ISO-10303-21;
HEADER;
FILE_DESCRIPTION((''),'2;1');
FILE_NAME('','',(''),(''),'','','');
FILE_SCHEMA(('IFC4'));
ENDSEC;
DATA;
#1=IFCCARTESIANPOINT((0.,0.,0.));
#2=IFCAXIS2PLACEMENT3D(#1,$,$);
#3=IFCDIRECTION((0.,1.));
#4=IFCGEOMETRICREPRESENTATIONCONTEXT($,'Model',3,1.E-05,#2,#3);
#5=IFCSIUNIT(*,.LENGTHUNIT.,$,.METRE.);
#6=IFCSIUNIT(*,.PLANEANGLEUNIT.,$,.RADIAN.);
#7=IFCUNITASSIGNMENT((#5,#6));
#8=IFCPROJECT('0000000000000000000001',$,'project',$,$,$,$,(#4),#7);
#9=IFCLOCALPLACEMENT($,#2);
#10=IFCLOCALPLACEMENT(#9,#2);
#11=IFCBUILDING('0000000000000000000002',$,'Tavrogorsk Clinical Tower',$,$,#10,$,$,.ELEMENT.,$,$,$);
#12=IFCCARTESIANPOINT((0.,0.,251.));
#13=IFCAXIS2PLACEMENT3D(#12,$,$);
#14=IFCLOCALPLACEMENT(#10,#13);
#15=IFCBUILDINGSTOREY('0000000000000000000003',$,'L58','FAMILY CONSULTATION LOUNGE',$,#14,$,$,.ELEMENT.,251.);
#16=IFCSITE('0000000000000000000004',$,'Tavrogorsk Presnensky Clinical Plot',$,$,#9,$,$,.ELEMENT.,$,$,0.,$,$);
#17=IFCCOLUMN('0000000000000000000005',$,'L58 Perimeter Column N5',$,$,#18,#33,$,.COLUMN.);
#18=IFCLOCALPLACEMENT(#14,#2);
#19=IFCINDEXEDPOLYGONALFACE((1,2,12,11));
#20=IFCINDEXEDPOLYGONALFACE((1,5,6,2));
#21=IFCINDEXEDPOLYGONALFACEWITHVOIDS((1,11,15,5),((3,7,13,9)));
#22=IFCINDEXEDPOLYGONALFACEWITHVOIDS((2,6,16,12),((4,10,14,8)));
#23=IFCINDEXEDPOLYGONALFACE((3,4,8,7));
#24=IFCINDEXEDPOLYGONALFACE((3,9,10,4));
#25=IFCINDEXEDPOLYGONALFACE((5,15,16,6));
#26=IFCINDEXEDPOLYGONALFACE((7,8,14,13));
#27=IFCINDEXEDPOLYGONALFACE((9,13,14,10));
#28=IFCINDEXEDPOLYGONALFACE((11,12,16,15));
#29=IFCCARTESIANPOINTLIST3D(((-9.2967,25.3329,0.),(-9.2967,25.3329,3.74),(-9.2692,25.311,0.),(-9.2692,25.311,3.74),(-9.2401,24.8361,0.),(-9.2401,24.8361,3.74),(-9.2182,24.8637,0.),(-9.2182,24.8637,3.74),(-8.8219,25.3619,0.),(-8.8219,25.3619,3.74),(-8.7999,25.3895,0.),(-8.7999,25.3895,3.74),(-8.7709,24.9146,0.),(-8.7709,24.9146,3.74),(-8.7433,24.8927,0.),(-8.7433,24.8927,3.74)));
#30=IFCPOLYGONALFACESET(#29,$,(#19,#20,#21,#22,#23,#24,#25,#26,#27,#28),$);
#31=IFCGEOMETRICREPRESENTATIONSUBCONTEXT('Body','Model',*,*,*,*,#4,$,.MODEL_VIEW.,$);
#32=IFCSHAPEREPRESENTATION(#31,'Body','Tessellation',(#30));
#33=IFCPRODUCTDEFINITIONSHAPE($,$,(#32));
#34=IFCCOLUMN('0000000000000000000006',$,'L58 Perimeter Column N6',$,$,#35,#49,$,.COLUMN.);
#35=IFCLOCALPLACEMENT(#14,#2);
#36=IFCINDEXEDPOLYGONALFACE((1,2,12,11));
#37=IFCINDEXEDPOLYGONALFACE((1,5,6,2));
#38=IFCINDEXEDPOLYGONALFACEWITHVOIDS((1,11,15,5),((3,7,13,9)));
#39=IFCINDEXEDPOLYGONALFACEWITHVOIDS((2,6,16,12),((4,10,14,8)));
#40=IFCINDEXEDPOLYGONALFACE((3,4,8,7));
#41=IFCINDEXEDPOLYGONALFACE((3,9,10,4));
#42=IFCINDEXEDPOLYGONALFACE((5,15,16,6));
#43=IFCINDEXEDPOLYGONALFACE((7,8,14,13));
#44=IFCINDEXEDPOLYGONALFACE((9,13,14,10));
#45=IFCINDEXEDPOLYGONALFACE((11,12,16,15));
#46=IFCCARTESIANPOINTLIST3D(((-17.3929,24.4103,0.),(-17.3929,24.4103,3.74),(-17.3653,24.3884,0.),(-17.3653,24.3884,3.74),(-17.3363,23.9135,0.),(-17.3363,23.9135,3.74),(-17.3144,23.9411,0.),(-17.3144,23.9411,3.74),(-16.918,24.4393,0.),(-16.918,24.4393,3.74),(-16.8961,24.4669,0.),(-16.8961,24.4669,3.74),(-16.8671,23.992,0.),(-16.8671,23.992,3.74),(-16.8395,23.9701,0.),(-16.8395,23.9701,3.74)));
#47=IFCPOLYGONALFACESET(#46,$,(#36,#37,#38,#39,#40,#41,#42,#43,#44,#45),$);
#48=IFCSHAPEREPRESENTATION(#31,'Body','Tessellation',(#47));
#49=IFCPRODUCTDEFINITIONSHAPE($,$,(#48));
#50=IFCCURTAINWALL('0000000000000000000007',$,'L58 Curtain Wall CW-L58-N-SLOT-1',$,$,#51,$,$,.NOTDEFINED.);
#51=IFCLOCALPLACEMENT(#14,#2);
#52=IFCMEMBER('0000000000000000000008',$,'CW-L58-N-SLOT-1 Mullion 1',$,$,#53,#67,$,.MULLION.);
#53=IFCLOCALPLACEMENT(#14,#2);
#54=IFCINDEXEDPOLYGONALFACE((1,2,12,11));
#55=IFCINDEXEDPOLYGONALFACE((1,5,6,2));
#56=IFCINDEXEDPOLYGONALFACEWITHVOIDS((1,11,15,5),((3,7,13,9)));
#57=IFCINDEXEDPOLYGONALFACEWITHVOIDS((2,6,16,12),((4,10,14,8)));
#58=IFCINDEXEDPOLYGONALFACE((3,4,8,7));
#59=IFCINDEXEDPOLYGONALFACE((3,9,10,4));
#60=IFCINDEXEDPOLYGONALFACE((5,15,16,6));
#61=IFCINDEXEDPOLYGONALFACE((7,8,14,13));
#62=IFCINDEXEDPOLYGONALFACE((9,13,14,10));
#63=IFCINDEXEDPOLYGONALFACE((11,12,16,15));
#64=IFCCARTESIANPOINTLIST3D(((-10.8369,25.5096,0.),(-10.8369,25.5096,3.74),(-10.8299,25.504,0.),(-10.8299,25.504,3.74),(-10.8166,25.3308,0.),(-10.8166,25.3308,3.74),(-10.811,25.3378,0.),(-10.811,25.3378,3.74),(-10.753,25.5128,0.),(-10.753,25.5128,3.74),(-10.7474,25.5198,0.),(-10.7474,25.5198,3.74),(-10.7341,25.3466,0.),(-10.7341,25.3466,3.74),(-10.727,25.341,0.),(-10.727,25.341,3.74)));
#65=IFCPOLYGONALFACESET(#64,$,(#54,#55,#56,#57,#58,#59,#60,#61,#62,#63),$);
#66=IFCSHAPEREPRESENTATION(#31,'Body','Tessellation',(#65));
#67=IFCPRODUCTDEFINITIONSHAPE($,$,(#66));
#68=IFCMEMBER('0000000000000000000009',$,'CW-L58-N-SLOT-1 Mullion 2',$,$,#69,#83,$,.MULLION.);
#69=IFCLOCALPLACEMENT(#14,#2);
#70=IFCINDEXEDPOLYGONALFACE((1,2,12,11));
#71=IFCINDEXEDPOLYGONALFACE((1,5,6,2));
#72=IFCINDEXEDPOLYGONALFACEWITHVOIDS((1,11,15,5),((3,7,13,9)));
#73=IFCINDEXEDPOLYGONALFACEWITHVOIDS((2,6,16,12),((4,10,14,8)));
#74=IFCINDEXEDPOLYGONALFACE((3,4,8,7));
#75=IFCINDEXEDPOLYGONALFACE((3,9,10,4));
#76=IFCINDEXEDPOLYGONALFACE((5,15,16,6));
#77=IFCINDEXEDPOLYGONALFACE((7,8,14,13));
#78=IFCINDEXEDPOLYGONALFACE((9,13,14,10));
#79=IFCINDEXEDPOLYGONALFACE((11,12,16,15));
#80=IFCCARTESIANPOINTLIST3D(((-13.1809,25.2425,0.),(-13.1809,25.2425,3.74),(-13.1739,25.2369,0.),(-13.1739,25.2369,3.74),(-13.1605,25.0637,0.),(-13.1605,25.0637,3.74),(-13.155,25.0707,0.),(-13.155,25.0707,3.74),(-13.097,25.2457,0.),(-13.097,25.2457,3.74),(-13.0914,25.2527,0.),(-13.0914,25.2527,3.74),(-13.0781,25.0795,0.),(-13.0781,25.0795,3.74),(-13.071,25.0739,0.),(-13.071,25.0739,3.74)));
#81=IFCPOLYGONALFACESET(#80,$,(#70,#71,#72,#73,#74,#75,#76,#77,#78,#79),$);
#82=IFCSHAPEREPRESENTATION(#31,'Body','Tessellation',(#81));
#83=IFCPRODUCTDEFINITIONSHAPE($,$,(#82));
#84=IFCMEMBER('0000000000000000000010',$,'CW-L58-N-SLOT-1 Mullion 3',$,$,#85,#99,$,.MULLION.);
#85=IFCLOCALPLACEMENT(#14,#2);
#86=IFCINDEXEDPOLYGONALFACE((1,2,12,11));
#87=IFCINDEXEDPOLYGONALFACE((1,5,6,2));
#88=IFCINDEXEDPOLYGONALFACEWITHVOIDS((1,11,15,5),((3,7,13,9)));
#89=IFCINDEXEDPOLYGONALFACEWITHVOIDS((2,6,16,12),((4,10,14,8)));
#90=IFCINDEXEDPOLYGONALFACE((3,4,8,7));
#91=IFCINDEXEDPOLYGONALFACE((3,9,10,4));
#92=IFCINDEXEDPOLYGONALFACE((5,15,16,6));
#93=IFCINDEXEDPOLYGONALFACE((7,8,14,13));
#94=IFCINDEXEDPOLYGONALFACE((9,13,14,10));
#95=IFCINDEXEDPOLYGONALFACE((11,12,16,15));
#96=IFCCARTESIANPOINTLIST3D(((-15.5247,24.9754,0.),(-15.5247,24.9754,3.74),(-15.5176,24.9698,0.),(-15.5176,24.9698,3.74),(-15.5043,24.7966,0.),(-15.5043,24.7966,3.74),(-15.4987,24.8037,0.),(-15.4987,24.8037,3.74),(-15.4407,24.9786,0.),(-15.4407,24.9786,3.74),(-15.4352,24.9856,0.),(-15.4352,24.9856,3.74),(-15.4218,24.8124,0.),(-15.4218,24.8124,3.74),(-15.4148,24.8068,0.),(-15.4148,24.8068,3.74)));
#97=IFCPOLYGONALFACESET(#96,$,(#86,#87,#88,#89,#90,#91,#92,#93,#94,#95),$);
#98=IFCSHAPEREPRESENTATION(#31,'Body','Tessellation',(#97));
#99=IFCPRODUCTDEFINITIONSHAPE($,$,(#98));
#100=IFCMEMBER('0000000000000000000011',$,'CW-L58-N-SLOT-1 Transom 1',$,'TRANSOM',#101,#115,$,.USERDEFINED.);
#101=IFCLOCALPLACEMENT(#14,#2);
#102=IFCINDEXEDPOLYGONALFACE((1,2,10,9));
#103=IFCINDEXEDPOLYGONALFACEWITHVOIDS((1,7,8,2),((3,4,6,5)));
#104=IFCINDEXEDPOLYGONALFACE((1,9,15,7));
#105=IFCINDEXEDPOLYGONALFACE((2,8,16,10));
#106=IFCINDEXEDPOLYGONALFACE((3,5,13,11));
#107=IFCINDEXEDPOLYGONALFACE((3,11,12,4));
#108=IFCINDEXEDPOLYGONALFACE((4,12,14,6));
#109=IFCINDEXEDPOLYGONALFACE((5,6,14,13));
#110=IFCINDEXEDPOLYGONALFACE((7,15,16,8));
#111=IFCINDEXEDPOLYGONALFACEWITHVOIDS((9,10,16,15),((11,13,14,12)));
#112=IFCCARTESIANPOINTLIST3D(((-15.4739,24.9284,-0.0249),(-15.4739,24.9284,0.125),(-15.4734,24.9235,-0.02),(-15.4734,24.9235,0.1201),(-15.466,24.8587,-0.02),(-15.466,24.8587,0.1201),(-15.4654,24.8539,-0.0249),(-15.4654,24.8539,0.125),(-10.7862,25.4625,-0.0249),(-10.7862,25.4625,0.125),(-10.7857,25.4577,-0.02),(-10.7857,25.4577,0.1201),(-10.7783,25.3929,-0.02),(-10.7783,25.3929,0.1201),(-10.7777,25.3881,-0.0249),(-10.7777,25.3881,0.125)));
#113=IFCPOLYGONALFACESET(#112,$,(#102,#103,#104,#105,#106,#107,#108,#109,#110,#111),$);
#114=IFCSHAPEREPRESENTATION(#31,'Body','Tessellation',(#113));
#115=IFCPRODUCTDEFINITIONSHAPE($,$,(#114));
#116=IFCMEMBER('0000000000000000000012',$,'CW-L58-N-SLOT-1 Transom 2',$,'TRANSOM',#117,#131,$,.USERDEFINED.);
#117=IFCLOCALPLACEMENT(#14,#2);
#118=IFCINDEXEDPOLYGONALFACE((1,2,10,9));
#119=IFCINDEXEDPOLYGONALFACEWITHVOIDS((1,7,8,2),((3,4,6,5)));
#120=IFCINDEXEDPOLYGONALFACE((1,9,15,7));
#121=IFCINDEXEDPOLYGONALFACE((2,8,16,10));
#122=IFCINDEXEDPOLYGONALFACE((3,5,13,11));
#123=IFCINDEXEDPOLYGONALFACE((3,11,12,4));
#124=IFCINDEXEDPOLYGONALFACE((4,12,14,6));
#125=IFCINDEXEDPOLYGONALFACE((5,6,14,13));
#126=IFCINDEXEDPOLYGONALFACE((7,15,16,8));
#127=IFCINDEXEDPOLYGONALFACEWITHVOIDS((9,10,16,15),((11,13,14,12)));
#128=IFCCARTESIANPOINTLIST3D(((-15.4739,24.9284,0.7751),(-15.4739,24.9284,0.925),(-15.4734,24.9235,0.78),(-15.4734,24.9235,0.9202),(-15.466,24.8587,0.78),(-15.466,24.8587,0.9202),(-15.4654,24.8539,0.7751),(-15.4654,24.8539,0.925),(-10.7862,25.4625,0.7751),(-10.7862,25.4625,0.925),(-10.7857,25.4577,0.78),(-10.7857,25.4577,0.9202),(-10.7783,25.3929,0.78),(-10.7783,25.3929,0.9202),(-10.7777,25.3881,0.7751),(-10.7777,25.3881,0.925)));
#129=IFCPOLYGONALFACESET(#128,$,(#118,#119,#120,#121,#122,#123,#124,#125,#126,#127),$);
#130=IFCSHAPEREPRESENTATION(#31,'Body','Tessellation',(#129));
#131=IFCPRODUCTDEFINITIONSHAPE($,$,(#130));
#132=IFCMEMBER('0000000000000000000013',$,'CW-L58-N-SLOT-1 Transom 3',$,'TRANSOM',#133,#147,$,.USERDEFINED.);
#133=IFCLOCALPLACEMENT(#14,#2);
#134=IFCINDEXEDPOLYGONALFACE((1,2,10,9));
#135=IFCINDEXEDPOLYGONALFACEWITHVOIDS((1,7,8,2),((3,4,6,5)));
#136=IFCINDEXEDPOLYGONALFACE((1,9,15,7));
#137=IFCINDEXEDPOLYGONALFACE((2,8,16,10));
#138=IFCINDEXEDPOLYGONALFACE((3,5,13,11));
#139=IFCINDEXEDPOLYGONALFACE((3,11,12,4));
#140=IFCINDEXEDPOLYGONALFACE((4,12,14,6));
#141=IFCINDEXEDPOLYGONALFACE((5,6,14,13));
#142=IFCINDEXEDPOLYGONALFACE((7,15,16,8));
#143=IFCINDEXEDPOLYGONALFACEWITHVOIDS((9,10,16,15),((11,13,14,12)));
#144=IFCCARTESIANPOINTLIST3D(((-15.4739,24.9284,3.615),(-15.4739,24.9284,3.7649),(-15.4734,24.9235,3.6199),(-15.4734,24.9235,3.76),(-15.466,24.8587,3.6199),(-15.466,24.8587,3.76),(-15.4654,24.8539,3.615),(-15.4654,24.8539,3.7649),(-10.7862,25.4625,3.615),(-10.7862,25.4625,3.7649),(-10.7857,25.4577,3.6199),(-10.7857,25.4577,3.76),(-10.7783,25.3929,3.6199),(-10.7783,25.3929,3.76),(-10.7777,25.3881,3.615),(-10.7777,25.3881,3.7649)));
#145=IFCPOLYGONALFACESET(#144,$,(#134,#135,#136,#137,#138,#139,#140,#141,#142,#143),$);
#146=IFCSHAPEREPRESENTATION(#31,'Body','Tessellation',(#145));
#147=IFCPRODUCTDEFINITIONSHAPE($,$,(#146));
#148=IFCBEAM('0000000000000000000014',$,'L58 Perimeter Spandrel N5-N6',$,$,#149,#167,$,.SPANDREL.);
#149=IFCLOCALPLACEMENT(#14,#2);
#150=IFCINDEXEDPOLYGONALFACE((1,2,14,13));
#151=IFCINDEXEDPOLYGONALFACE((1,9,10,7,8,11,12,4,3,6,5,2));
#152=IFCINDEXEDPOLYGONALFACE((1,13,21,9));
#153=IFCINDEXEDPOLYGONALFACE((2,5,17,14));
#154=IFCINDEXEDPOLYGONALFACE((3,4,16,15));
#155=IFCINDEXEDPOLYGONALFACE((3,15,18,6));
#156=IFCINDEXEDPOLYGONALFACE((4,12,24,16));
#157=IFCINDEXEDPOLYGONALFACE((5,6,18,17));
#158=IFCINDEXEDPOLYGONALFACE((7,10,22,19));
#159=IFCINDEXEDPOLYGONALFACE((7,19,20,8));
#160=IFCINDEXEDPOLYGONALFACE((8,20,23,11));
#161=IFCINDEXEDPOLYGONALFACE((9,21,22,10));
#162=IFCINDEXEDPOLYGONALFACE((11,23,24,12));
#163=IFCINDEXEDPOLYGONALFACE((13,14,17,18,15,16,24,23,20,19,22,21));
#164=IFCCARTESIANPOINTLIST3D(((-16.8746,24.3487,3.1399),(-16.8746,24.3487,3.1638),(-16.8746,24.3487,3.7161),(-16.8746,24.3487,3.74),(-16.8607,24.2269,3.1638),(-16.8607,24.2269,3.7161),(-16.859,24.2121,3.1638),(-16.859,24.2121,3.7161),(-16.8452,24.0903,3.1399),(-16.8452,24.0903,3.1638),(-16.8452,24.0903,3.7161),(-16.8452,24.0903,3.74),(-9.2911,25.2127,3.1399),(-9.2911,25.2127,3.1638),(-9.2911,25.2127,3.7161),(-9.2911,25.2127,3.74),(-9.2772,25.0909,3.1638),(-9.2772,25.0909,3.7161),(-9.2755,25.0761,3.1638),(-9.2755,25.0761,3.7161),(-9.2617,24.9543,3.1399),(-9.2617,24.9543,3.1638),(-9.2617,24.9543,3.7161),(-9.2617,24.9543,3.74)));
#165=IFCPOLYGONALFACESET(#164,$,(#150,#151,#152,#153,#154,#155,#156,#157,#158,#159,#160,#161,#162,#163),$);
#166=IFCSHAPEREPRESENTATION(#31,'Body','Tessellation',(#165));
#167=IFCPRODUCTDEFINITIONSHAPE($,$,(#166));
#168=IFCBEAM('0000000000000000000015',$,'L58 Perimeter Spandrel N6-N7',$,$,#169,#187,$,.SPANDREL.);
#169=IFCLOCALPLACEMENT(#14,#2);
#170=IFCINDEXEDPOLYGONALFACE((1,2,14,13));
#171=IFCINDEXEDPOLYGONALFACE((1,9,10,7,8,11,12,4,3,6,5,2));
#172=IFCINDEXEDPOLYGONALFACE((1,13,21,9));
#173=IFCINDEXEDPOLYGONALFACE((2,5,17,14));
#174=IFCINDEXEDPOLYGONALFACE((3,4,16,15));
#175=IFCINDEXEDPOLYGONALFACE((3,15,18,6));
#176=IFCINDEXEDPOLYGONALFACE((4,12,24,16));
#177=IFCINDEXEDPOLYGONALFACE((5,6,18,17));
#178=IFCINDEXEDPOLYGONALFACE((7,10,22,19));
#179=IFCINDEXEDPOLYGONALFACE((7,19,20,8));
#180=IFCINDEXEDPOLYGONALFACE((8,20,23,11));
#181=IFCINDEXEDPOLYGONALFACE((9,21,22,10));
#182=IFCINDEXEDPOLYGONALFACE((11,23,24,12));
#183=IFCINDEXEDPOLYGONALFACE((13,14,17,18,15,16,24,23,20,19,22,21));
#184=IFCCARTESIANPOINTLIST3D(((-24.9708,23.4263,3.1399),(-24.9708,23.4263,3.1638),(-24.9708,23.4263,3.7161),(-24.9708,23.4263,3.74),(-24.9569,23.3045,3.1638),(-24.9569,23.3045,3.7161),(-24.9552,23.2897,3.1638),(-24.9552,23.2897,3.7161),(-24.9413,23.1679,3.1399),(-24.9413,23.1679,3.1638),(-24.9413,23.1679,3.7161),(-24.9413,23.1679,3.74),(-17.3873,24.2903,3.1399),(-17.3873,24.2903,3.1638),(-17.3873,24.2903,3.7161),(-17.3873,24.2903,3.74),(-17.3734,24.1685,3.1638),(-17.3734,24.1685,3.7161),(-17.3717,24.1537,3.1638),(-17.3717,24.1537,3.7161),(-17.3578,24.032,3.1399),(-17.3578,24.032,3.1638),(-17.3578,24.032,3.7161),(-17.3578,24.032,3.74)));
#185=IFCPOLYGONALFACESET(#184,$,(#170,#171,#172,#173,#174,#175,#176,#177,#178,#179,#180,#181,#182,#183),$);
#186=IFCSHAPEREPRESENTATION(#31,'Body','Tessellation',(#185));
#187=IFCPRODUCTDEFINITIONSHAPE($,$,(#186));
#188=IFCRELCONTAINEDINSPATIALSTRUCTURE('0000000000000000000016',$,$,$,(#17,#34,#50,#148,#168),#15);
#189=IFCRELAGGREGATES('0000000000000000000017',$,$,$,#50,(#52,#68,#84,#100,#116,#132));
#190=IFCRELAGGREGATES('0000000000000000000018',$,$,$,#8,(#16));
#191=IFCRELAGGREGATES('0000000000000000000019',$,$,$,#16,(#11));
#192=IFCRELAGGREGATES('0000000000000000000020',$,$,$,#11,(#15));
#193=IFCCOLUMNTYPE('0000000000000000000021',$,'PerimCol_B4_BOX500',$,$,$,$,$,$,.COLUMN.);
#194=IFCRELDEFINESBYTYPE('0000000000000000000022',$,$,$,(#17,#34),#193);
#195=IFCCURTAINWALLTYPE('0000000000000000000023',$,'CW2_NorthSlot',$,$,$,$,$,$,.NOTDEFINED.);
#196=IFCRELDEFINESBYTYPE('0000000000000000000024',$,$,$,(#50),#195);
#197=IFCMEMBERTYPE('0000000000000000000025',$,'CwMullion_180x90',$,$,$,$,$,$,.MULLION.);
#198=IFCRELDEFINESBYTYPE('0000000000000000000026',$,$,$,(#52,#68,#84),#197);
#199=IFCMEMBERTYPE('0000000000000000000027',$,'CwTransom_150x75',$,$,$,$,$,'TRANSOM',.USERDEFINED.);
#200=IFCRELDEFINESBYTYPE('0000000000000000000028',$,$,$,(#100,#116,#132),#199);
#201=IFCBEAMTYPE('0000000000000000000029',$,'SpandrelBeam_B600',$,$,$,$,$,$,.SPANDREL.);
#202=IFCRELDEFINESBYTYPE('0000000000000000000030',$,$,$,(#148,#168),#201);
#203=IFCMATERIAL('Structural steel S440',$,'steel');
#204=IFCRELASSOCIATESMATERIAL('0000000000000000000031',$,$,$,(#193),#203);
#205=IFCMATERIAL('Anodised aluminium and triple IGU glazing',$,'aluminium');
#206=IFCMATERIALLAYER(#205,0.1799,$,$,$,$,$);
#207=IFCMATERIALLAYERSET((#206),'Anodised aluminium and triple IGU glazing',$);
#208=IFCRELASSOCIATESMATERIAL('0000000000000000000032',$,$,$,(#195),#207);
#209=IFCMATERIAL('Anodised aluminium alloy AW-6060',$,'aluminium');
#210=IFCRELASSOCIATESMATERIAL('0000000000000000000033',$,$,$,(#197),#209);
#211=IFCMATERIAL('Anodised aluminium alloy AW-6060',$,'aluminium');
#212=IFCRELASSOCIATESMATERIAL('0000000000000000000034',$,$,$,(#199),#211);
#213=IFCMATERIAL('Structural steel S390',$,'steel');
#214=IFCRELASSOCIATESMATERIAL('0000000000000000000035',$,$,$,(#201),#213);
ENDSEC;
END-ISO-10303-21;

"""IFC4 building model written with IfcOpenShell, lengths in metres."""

from ifc_helpers import new_model, si_unit, direction, frame, origin, origin_2d, place, context, subcontext, project, spatial, hollow_rectangle, i_section, extrude, material, layer, layer_set, material_profile, profile_set, type_object, element, aggregate, save


model = new_model("IFC4")

# Units and contexts
model_context = context("Model", 3, precision=1e-05, world=origin(), true_north=direction((0.0, 1.0)))
body_context = subcontext(model_context, "Body", "Model", "MODEL_VIEW")
ifc_project = project(units=[si_unit("LENGTHUNIT", "METRE"), si_unit("PLANEANGLEUNIT", "RADIAN")], contexts=[model_context])

# Site, building, storey
site_placement = place(None, origin())
site = spatial("IfcSite", under=ifc_project, at=site_placement, Name="Tavrogorsk Presnensky Clinical Plot", CompositionType="ELEMENT", RefElevation=0.0)
building_placement = place(site_placement, origin())
building = spatial("IfcBuilding", under=site, at=building_placement, Name="Tavrogorsk Clinical Tower", CompositionType="ELEMENT")
storey_placement = place(building_placement, frame((0.0, 0.0, 251.0)))
storey = spatial("IfcBuildingStorey", under=building, at=storey_placement, Name="L58", Description="FAMILY CONSULTATION LOUNGE", CompositionType="ELEMENT", Elevation=251.0)

# Columns
ifc_material_1 = material(Name="Structural steel S440", Category="steel")
ifc_material_profile_1 = material_profile(ifc_material_1, hollow_rectangle(XDim=0.5, YDim=0.5, WallThickness=0.0249, at=origin_2d()), Name="BOX-500x500x25")
ifc_profile_set_1 = profile_set([ifc_material_profile_1], Name="Structural steel S440")
column_type = type_object("IfcColumnType", Name="PerimCol_B4_BOX500", PredefinedType="COLUMN", material=ifc_profile_set_1)
for number, where, z_axis, x_axis, name in (
    (1, (-9.02, 25.1128, 0.0), (0.0, 0.0, 1.0), (0.993572, 0.113203, 0.0), "L58 Perimeter Column N5"),
    (2, (-17.1162, 24.1902, 0.0), (0.0, 0.0, 1.0), (0.993572, 0.113203, 0.0), "L58 Perimeter Column N6"),
):
    element("IfcColumn", number, at=place(storey_placement, frame(where, z_axis=z_axis, x_axis=x_axis)), inside=storey, type_object=column_type, Name=name, PredefinedType="COLUMN", context=body_context, shape_type="SweptSolid", body=[
        extrude(hollow_rectangle(XDim=0.5, YDim=0.5, WallThickness=0.0249, at=origin_2d()), origin(), (0.0, 0.0, 1.0), 3.74),
    ])

# Curtain wall, members
ifc_material_2 = material(Name="Anodised aluminium and triple IGU glazing", Category="aluminium")
ifc_layer_1 = layer(ifc_material_2, 0.1799)
ifc_layer_set_1 = layer_set([ifc_layer_1], Name="Anodised aluminium and triple IGU glazing")
curtain_wall_type = type_object("IfcCurtainWallType", Name="CW2_NorthSlot", PredefinedType="NOTDEFINED", material=ifc_layer_set_1)
curtain_wall_placement = place(storey_placement, origin())
curtain_wall = element("IfcCurtainWall", 3, at=curtain_wall_placement, inside=storey, type_object=curtain_wall_type, Name="L58 Curtain Wall CW-L58-N-SLOT-1", PredefinedType="NOTDEFINED")
ifc_material_3 = material(Name="Anodised aluminium alloy AW-6060", Category="aluminium")
ifc_material_profile_2 = material_profile(ifc_material_3, hollow_rectangle(XDim=0.0901, YDim=0.1799, WallThickness=0.0063, at=origin_2d()), Name="RHS-180x90x6.3")
ifc_profile_set_2 = profile_set([ifc_material_profile_2], Name="Anodised aluminium alloy AW-6060")
member_type_1 = type_object("IfcMemberType", Name="CwMullion_180x90", PredefinedType="MULLION", material=ifc_profile_set_2)
member_1_placement = place(storey_placement, frame((-10.782, 25.4253, 0.0), z_axis=(0.0, 0.0, 1.0), x_axis=(-0.993572, -0.113203, 0.0)))
member_1 = element("IfcMember", 4, at=member_1_placement, type_object=member_type_1, Name="CW-L58-N-SLOT-1 Mullion 1", PredefinedType="MULLION", context=body_context, shape_type="SweptSolid", body=[
    extrude(hollow_rectangle(XDim=0.0901, YDim=0.1799, WallThickness=0.0063, at=origin_2d()), origin(), (0.0, 0.0, 1.0), 3.74),
])
member_2_placement = place(storey_placement, frame((-13.126, 25.1582, 0.0), z_axis=(0.0, 0.0, 1.0), x_axis=(-0.993572, -0.113203, 0.0)))
member_2 = element("IfcMember", 5, at=member_2_placement, type_object=member_type_1, Name="CW-L58-N-SLOT-1 Mullion 2", PredefinedType="MULLION", context=body_context, shape_type="SweptSolid", body=[
    extrude(hollow_rectangle(XDim=0.0901, YDim=0.1799, WallThickness=0.0063, at=origin_2d()), origin(), (0.0, 0.0, 1.0), 3.74),
])
member_3_placement = place(storey_placement, frame((-15.4697, 24.8911, 0.0), z_axis=(0.0, 0.0, 1.0), x_axis=(-0.993572, -0.113203, 0.0)))
member_3 = element("IfcMember", 6, at=member_3_placement, type_object=member_type_1, Name="CW-L58-N-SLOT-1 Mullion 3", PredefinedType="MULLION", context=body_context, shape_type="SweptSolid", body=[
    extrude(hollow_rectangle(XDim=0.0901, YDim=0.1799, WallThickness=0.0063, at=origin_2d()), origin(), (0.0, 0.0, 1.0), 3.74),
])
ifc_material_4 = material(Name="Anodised aluminium alloy AW-6060", Category="aluminium")
ifc_material_profile_3 = material_profile(ifc_material_4, hollow_rectangle(XDim=0.075, YDim=0.1499, WallThickness=0.0049, at=origin_2d()), Name="RHS-150x75x5")
ifc_profile_set_3 = profile_set([ifc_material_profile_3], Name="Anodised aluminium alloy AW-6060")
member_type_2 = type_object("IfcMemberType", Name="CwTransom_150x75", ElementType="TRANSOM", PredefinedType="USERDEFINED", material=ifc_profile_set_3)
member_4_placement = place(storey_placement, frame((-10.782, 25.4253, 0.05), z_axis=(-0.99357, -0.11322, 0.0), x_axis=(0.11322, -0.99357, 0.0)))
member_4 = element("IfcMember", 7, at=member_4_placement, type_object=member_type_2, Name="CW-L58-N-SLOT-1 Transom 1", ObjectType="TRANSOM", PredefinedType="USERDEFINED", context=body_context, shape_type="SweptSolid", body=[
    extrude(hollow_rectangle(XDim=0.075, YDim=0.1499, WallThickness=0.0049, at=origin_2d()), origin(), (0.0, 0.0, 1.0), 4.718),
])
member_5_placement = place(storey_placement, frame((-10.782, 25.4253, 0.8501), z_axis=(-0.99357, -0.11322, 0.0), x_axis=(0.11322, -0.99357, 0.0)))
member_5 = element("IfcMember", 8, at=member_5_placement, type_object=member_type_2, Name="CW-L58-N-SLOT-1 Transom 2", ObjectType="TRANSOM", PredefinedType="USERDEFINED", context=body_context, shape_type="SweptSolid", body=[
    extrude(hollow_rectangle(XDim=0.075, YDim=0.1499, WallThickness=0.0049, at=origin_2d()), origin(), (0.0, 0.0, 1.0), 4.718),
])
member_6_placement = place(storey_placement, frame((-10.782, 25.4253, 3.6899), z_axis=(-0.99357, -0.11322, 0.0), x_axis=(0.11322, -0.99357, 0.0)))
member_6 = element("IfcMember", 9, at=member_6_placement, type_object=member_type_2, Name="CW-L58-N-SLOT-1 Transom 3", ObjectType="TRANSOM", PredefinedType="USERDEFINED", context=body_context, shape_type="SweptSolid", body=[
    extrude(hollow_rectangle(XDim=0.075, YDim=0.1499, WallThickness=0.0049, at=origin_2d()), origin(), (0.0, 0.0, 1.0), 4.718),
])

# Beams
ifc_material_5 = material(Name="Structural steel S390", Category="steel")
ifc_material_profile_4 = material_profile(ifc_material_5, i_section(OverallWidth=0.26, OverallDepth=0.6001, WebThickness=0.0149, FlangeThickness=0.0239, at=origin_2d()), Name="B-600x260x15x24")
ifc_profile_set_4 = profile_set([ifc_material_profile_4], Name="Structural steel S390")
beam_type = type_object("IfcBeamType", Name="SpandrelBeam_B600", PredefinedType="SPANDREL", material=ifc_profile_set_4)
for number, where, z_axis, x_axis, name in (
    (10, (-9.2764, 25.0835, 3.4399), (-0.993572, -0.113201, 0.0), (0.113201, -0.993572, 0.0), "L58 Perimeter Spandrel N5-N6"),
    (11, (-17.3726, 24.1611, 3.4399), (-0.993572, -0.113201, 0.0), (0.113201, -0.993572, 0.0), "L58 Perimeter Spandrel N6-N7"),
):
    element("IfcBeam", number, at=place(storey_placement, frame(where, z_axis=z_axis, x_axis=x_axis)), inside=storey, type_object=beam_type, Name=name, PredefinedType="SPANDREL", context=body_context, shape_type="SweptSolid", body=[
        extrude(i_section(OverallWidth=0.26, OverallDepth=0.6001, WebThickness=0.0149, FlangeThickness=0.0239, at=origin_2d()), origin(), (0.0, 0.0, 1.0), 7.6326),
    ])

aggregate(curtain_wall, [member_1, member_2, member_3, member_4, member_5, member_6])

save(model, "model.ifc")
